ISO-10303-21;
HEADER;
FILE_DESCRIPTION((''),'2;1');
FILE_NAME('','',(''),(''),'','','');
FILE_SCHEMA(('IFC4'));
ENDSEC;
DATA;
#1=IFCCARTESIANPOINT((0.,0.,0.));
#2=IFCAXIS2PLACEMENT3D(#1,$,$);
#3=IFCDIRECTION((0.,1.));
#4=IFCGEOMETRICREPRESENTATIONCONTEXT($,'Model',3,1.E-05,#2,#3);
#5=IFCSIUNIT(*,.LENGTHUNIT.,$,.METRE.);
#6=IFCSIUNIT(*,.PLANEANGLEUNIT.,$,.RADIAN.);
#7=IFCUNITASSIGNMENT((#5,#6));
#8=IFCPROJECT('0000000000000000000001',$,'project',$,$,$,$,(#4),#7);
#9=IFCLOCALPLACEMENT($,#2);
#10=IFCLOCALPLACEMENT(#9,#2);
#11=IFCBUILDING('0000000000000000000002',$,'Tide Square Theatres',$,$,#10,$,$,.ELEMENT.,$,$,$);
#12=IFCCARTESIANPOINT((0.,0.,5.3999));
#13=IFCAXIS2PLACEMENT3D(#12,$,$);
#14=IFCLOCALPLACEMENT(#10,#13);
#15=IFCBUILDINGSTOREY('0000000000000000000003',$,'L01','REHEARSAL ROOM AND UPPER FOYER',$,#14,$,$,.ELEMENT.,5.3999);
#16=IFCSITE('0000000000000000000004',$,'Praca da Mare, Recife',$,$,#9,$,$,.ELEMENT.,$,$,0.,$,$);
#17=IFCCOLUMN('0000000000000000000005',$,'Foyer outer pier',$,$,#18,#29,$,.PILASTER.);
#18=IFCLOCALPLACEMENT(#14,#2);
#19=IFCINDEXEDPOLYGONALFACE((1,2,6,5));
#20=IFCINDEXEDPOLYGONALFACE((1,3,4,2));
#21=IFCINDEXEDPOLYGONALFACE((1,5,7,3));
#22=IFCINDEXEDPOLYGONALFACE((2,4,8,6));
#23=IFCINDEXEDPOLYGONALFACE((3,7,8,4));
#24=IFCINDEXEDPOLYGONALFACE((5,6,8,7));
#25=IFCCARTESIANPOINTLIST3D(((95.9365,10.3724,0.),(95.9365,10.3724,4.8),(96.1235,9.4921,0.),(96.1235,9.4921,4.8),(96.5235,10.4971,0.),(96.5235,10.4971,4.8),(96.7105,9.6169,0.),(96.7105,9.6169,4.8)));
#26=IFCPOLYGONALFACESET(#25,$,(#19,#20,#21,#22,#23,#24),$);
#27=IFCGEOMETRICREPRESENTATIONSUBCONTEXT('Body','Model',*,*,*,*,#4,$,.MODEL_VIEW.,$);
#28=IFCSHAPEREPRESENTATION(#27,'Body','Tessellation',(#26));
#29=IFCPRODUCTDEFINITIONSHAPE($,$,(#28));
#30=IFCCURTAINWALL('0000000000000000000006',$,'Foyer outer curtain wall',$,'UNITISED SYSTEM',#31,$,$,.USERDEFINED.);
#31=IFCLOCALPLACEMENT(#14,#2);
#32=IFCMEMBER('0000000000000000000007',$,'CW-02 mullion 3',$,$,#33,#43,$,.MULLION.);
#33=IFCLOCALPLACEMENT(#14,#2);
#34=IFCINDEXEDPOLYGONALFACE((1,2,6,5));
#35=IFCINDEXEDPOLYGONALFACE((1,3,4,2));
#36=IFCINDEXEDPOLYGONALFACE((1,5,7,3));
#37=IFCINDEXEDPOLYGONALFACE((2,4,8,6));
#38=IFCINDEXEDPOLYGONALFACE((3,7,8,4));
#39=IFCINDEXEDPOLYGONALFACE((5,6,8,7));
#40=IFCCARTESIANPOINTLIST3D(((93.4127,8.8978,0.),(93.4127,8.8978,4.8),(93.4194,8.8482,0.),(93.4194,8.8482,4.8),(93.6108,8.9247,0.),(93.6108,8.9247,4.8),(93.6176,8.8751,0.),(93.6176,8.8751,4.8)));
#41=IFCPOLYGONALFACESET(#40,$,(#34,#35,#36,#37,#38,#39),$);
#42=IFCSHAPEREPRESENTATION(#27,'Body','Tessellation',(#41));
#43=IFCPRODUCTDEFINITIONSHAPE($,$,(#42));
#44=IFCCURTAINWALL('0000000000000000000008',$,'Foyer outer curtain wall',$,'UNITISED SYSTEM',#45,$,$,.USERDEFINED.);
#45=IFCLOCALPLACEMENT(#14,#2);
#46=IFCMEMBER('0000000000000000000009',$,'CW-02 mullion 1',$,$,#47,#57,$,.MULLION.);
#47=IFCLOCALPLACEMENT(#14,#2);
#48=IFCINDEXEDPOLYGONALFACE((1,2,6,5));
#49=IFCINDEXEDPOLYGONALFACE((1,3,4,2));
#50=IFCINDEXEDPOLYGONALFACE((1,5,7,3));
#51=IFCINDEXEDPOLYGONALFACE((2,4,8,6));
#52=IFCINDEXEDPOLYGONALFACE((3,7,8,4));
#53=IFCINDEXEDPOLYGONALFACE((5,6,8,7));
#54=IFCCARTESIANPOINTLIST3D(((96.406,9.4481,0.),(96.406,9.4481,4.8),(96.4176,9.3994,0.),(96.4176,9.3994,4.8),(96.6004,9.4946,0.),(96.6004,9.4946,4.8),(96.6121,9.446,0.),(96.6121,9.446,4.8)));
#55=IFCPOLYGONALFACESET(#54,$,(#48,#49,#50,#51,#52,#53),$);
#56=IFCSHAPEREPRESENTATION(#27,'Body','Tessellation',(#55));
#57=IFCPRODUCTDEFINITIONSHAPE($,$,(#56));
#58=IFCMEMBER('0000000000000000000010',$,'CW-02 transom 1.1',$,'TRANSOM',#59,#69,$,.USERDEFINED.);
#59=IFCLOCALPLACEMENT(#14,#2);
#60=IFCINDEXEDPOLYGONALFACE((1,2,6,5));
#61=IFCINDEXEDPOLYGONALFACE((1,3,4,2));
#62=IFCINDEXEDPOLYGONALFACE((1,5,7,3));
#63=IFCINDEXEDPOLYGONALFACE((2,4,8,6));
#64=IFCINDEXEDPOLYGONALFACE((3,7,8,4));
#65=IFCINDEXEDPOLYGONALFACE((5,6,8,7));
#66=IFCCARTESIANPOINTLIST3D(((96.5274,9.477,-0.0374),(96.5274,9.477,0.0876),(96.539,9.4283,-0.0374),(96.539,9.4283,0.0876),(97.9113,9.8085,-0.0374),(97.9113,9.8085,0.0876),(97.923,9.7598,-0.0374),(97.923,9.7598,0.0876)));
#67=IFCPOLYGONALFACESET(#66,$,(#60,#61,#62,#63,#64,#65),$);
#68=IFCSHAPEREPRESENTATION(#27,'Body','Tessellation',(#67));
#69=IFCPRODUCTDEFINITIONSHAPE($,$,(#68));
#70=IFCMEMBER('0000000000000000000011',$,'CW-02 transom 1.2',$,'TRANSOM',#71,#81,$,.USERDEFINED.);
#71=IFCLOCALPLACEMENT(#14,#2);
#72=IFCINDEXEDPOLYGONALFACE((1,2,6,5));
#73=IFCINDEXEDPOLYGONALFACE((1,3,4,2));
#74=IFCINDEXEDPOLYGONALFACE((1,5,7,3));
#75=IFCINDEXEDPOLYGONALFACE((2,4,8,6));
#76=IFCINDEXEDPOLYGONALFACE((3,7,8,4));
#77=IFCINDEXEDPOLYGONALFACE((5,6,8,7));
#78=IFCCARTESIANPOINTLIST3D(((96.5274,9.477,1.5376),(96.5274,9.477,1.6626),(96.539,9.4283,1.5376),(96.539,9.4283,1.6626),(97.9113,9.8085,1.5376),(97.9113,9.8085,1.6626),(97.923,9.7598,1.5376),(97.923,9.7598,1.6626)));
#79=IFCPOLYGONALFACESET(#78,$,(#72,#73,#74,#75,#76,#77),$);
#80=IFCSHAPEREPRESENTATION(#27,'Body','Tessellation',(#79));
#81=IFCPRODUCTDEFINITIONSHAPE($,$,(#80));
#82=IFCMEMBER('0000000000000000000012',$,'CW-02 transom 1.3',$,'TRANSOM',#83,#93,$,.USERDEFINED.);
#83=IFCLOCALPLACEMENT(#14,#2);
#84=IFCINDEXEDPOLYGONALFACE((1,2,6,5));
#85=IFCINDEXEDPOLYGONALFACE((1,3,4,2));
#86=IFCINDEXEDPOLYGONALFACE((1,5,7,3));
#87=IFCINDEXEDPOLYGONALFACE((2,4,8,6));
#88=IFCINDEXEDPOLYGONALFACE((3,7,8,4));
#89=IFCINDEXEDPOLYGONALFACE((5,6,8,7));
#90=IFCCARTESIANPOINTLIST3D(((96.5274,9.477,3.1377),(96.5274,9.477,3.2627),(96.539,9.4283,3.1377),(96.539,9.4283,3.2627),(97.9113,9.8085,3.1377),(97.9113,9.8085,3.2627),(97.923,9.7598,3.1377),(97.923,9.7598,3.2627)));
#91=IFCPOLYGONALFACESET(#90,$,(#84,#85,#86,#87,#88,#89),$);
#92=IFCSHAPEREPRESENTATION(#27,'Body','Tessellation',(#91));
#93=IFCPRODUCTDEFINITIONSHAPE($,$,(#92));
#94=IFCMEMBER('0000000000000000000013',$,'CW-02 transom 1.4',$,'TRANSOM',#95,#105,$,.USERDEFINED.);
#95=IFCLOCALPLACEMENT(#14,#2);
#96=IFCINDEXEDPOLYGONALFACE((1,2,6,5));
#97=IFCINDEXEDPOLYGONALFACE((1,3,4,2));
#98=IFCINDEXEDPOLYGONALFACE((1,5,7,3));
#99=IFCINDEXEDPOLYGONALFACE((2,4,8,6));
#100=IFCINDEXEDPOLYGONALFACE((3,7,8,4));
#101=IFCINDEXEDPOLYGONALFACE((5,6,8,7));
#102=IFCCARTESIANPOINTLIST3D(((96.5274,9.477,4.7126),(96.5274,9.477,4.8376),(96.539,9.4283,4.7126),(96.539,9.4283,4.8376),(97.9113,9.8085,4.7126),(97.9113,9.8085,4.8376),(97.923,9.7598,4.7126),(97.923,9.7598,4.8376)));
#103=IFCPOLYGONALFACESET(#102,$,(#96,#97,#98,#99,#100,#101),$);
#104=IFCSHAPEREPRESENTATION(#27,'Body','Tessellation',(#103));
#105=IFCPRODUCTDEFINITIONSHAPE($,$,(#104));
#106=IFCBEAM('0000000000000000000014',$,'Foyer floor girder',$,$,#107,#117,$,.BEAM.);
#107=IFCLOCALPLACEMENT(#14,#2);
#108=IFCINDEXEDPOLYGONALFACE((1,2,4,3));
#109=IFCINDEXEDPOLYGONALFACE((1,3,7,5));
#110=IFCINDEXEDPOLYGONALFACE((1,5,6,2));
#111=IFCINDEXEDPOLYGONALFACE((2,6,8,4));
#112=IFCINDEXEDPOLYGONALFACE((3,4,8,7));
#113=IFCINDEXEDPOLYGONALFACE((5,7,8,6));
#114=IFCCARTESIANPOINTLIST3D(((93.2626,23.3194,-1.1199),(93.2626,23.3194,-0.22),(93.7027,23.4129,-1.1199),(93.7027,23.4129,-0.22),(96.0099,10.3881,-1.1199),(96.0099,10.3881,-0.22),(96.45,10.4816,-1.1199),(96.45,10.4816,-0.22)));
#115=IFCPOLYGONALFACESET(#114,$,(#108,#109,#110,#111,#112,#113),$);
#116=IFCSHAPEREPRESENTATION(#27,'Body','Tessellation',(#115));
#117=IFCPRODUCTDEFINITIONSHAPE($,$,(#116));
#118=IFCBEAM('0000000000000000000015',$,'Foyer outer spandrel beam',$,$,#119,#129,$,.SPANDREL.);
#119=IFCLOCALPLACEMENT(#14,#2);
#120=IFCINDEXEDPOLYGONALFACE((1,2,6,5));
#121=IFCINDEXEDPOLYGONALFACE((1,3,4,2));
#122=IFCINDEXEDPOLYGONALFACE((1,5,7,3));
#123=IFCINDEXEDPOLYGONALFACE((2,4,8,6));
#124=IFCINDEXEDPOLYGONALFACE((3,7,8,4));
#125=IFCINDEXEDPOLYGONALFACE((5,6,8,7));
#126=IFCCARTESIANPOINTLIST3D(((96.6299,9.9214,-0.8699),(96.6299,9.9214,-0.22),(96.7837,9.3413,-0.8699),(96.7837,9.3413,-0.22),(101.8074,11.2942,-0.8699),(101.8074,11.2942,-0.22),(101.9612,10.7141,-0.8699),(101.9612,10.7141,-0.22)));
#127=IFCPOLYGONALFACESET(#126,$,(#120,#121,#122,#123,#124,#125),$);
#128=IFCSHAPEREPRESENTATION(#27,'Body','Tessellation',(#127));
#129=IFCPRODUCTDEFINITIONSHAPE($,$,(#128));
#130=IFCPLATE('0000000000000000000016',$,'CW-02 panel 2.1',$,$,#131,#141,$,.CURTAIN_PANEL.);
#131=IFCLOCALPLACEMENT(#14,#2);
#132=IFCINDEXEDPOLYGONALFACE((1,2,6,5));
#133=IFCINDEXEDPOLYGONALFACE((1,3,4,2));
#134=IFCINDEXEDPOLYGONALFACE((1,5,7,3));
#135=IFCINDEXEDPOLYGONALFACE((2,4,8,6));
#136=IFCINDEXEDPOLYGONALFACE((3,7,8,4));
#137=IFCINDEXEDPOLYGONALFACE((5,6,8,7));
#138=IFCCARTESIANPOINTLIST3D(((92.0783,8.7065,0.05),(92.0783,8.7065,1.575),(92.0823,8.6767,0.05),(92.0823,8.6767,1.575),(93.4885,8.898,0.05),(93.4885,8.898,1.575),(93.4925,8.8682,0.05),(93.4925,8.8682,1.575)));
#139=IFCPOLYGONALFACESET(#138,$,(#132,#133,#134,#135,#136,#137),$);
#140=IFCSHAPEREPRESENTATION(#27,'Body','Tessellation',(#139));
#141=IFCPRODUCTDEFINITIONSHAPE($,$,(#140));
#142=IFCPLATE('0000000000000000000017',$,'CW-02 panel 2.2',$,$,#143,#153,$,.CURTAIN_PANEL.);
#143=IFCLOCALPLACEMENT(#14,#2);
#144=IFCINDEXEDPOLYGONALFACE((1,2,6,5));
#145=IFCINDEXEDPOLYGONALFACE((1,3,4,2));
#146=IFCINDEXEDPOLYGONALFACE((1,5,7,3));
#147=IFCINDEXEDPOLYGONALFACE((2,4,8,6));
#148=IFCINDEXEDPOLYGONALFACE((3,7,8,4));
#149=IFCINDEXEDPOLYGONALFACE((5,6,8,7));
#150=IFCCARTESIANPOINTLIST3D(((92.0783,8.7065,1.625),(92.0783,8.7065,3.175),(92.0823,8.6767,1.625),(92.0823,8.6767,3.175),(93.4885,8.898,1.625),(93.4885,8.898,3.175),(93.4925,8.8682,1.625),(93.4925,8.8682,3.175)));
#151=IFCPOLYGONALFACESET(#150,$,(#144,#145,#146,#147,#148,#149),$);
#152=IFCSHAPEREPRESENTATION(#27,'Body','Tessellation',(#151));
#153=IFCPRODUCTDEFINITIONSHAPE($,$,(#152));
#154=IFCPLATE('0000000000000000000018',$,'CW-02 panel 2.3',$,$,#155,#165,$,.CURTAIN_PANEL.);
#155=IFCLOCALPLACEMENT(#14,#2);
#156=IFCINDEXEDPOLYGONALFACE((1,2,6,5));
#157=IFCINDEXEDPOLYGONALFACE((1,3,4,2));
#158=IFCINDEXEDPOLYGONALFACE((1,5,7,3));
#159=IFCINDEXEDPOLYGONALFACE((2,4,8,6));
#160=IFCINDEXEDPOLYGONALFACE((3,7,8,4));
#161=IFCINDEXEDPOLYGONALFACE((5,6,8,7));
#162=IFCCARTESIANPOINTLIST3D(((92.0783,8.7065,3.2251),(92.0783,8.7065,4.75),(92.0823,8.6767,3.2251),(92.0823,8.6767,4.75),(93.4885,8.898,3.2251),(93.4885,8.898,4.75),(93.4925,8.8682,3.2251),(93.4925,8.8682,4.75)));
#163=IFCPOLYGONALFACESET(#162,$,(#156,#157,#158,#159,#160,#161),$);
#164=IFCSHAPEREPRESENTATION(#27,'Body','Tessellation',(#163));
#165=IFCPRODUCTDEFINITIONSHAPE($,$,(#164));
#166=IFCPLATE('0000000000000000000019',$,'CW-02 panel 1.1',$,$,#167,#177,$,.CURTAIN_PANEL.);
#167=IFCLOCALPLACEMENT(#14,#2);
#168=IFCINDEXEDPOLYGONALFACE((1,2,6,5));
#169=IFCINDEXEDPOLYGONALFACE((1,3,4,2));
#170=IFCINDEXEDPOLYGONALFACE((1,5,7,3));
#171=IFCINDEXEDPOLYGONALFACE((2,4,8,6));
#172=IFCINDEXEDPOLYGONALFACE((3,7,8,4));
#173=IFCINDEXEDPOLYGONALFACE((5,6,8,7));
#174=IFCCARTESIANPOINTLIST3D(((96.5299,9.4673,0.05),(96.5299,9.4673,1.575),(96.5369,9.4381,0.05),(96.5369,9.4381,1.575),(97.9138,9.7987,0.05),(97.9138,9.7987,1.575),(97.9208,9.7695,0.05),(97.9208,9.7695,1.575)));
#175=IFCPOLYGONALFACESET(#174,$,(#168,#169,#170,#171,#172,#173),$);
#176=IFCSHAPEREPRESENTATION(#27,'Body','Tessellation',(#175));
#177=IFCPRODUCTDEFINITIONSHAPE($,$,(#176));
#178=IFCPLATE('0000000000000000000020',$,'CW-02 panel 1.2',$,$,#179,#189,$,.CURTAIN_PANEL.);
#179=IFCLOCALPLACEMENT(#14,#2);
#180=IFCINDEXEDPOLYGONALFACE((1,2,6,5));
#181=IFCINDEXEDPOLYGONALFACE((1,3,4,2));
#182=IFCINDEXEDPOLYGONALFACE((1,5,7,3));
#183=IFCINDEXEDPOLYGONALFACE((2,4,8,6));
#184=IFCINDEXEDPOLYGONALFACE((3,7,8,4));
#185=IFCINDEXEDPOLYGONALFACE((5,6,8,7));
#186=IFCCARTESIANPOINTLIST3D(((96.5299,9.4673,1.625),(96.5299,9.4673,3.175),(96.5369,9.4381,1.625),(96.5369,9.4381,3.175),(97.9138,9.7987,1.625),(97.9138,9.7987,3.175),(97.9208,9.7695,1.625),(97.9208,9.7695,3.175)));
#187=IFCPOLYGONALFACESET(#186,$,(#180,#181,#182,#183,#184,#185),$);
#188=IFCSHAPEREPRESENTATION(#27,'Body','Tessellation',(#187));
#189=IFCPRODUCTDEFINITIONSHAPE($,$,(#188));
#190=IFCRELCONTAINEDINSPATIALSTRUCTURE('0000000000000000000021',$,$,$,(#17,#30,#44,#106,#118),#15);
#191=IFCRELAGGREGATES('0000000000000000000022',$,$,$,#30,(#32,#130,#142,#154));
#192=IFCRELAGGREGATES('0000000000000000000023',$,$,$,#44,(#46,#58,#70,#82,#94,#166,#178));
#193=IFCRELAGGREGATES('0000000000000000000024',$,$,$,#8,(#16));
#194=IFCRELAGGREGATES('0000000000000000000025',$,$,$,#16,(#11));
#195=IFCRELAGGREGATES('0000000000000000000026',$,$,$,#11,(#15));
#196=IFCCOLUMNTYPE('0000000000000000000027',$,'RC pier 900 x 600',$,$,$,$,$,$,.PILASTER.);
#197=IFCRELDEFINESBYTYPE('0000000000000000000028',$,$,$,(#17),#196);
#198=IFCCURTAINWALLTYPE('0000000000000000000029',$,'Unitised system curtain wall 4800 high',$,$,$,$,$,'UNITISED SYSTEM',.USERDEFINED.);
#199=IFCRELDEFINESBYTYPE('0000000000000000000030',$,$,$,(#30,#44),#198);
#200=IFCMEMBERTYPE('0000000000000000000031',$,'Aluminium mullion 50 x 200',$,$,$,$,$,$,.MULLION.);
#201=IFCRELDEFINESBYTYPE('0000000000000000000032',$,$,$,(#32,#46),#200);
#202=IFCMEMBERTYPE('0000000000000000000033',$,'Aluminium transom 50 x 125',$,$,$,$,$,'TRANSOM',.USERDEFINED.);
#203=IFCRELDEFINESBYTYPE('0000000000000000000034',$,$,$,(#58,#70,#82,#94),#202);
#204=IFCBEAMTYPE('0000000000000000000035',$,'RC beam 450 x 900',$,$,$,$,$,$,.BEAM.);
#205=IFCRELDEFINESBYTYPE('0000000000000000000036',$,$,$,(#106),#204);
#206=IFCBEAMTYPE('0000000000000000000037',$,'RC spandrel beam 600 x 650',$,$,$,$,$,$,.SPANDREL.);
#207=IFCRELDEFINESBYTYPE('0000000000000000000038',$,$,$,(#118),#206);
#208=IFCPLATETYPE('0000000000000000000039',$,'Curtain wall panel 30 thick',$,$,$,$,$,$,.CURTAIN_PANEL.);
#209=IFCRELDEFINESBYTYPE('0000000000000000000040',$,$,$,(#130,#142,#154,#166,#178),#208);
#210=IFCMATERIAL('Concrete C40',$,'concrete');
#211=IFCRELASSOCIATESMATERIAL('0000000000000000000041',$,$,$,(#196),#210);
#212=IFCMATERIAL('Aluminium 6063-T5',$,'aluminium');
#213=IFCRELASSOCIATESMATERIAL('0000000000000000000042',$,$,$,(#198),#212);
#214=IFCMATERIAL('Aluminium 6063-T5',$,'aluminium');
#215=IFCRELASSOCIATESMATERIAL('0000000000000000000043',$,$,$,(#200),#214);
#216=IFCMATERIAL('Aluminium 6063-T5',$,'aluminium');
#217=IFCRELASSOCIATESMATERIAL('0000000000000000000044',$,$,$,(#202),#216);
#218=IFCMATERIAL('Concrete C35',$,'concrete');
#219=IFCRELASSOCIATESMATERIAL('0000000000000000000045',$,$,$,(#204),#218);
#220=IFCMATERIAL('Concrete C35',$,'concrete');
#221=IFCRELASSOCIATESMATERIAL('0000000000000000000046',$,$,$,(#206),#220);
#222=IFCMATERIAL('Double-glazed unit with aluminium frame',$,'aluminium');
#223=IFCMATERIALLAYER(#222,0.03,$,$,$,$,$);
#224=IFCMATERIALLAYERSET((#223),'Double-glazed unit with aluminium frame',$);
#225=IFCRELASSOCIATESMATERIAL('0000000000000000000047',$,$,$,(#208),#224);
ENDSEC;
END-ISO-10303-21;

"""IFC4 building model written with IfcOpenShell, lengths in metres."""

from ifc_helpers import new_model, si_unit, direction, frame, origin, origin_2d, place, context, subcontext, project, spatial, rectangle, extrude, material, layer, layer_set, material_profile, profile_set, type_object, element, aggregate, save


model = new_model("IFC4")

# Units and contexts
model_context = context("Model", 3, precision=1e-05, world=origin(), true_north=direction((0.0, 1.0)))
body_context = subcontext(model_context, "Body", "Model", "MODEL_VIEW")
ifc_project = project(units=[si_unit("LENGTHUNIT", "METRE"), si_unit("PLANEANGLEUNIT", "RADIAN")], contexts=[model_context])

# Site, building, storey
site_placement = place(None, origin())
site = spatial("IfcSite", under=ifc_project, at=site_placement, Name="Praca da Mare, Recife", CompositionType="ELEMENT", RefElevation=0.0)
building_placement = place(site_placement, origin())
building = spatial("IfcBuilding", under=site, at=building_placement, Name="Tide Square Theatres", CompositionType="ELEMENT")
storey_placement = place(building_placement, frame((0.0, 0.0, 5.3999)))
storey = spatial("IfcBuildingStorey", under=building, at=storey_placement, Name="L01", Description="REHEARSAL ROOM AND UPPER FOYER", CompositionType="ELEMENT", Elevation=5.3999)

# Column
ifc_material_1 = material(Name="Concrete C40", Category="concrete")
ifc_material_profile_1 = material_profile(ifc_material_1, rectangle(XDim=0.8999, YDim=0.6001, at=origin_2d()))
ifc_profile_set_1 = profile_set([ifc_material_profile_1], Name="Concrete C40")
column_type = type_object("IfcColumnType", Name="RC pier 900 x 600", PredefinedType="PILASTER", material=ifc_profile_set_1)
column_placement = place(storey_placement, frame((96.3235, 9.9946, 0.0), z_axis=(0.0, 0.0, 1.0), x_axis=(0.207814, -0.978168, 0.0)))
element("IfcColumn", 1, at=column_placement, inside=storey, type_object=column_type, Name="Foyer outer pier", PredefinedType="PILASTER", context=body_context, shape_type="SweptSolid", body=[
    extrude(rectangle(XDim=0.8999, YDim=0.6001, at=origin_2d()), origin(), (0.0, 0.0, 1.0), 4.8),
])

# Curtain wall, member
ifc_material_2 = material(Name="Aluminium 6063-T5", Category="aluminium")
curtain_wall_type = type_object("IfcCurtainWallType", Name="Unitised system curtain wall 4800 high", ElementType="UNITISED SYSTEM", PredefinedType="USERDEFINED", material=ifc_material_2)
curtain_wall_1_placement = place(storey_placement, origin())
curtain_wall_1 = element("IfcCurtainWall", 2, at=curtain_wall_1_placement, inside=storey, type_object=curtain_wall_type, Name="Foyer outer curtain wall", ObjectType="UNITISED SYSTEM", PredefinedType="USERDEFINED")
ifc_material_3 = material(Name="Aluminium 6063-T5", Category="aluminium")
ifc_material_profile_2 = material_profile(ifc_material_3, rectangle(XDim=0.05, YDim=0.2, at=origin_2d()))
ifc_profile_set_2 = profile_set([ifc_material_profile_2], Name="Aluminium 6063-T5")
member_type_1 = type_object("IfcMemberType", Name="Aluminium mullion 50 x 200", PredefinedType="MULLION", material=ifc_profile_set_2)
member_1_placement = place(storey_placement, frame((93.5151, 8.8865, 0.0), z_axis=(0.0, 0.0, 1.0), x_axis=(-0.134577, 0.990903, 0.0)))
member_1 = element("IfcMember", 3, at=member_1_placement, type_object=member_type_1, Name="CW-02 mullion 3", PredefinedType="MULLION", context=body_context, shape_type="SweptSolid", body=[
    extrude(rectangle(XDim=0.05, YDim=0.2, at=origin_2d()), origin(), (0.0, 0.0, 1.0), 4.8),
])

# Curtain wall, members
curtain_wall_2_placement = place(storey_placement, origin())
curtain_wall_2 = element("IfcCurtainWall", 4, at=curtain_wall_2_placement, inside=storey, type_object=curtain_wall_type, Name="Foyer outer curtain wall", ObjectType="UNITISED SYSTEM", PredefinedType="USERDEFINED")
member_2_placement = place(storey_placement, frame((96.509, 9.447, 0.0), z_axis=(0.0, 0.0, 1.0), x_axis=(-0.232911, 0.972498, 0.0)))
member_2 = element("IfcMember", 5, at=member_2_placement, type_object=member_type_1, Name="CW-02 mullion 1", PredefinedType="MULLION", context=body_context, shape_type="SweptSolid", body=[
    extrude(rectangle(XDim=0.05, YDim=0.2, at=origin_2d()), origin(), (0.0, 0.0, 1.0), 4.8),
])
ifc_material_4 = material(Name="Aluminium 6063-T5", Category="aluminium")
ifc_material_profile_3 = material_profile(ifc_material_4, rectangle(XDim=0.05, YDim=0.125, at=origin_2d()))
ifc_profile_set_3 = profile_set([ifc_material_profile_3], Name="Aluminium 6063-T5")
member_type_2 = type_object("IfcMemberType", Name="Aluminium transom 50 x 125", ElementType="TRANSOM", PredefinedType="USERDEFINED", material=ifc_profile_set_3)
member_3_placement = place(storey_placement, frame((96.5332, 9.4526, 0.0251), z_axis=(0.972487, 0.232958, 0.0), x_axis=(-0.232958, 0.972487, 0.0)))
member_3 = element("IfcMember", 6, at=member_3_placement, type_object=member_type_2, Name="CW-02 transom 1.1", ObjectType="TRANSOM", PredefinedType="USERDEFINED", context=body_context, shape_type="SweptSolid", body=[
    extrude(rectangle(XDim=0.05, YDim=0.125, at=origin_2d()), origin(), (0.0, 0.0, 1.0), 1.4231),
])
member_4_placement = place(storey_placement, frame((96.5332, 9.4526, 1.6001), z_axis=(0.972487, 0.232958, 0.0), x_axis=(-0.232958, 0.972487, 0.0)))
member_4 = element("IfcMember", 7, at=member_4_placement, type_object=member_type_2, Name="CW-02 transom 1.2", ObjectType="TRANSOM", PredefinedType="USERDEFINED", context=body_context, shape_type="SweptSolid", body=[
    extrude(rectangle(XDim=0.05, YDim=0.125, at=origin_2d()), origin(), (0.0, 0.0, 1.0), 1.4231),
])
member_5_placement = place(storey_placement, frame((96.5332, 9.4526, 3.2002), z_axis=(0.972487, 0.232958, 0.0), x_axis=(-0.232958, 0.972487, 0.0)))
member_5 = element("IfcMember", 8, at=member_5_placement, type_object=member_type_2, Name="CW-02 transom 1.3", ObjectType="TRANSOM", PredefinedType="USERDEFINED", context=body_context, shape_type="SweptSolid", body=[
    extrude(rectangle(XDim=0.05, YDim=0.125, at=origin_2d()), origin(), (0.0, 0.0, 1.0), 1.4231),
])
member_6_placement = place(storey_placement, frame((96.5332, 9.4526, 4.7751), z_axis=(0.972487, 0.232958, 0.0), x_axis=(-0.232958, 0.972487, 0.0)))
member_6 = element("IfcMember", 9, at=member_6_placement, type_object=member_type_2, Name="CW-02 transom 1.4", ObjectType="TRANSOM", PredefinedType="USERDEFINED", context=body_context, shape_type="SweptSolid", body=[
    extrude(rectangle(XDim=0.05, YDim=0.125, at=origin_2d()), origin(), (0.0, 0.0, 1.0), 1.4231),
])

# Beams
ifc_material_5 = material(Name="Concrete C35", Category="concrete")
ifc_material_profile_4 = material_profile(ifc_material_5, rectangle(XDim=0.45, YDim=0.8999, at=origin_2d()))
ifc_profile_set_4 = profile_set([ifc_material_profile_4], Name="Concrete C35")
beam_type_1 = type_object("IfcBeamType", Name="RC beam 450 x 900", PredefinedType="BEAM", material=ifc_profile_set_4)
beam_1_placement = place(storey_placement, frame((96.23, 10.4348, -0.6699), z_axis=(-0.207815, 0.978168, 0.0), x_axis=(-0.978168, -0.207815, 0.0)))
element("IfcBeam", 10, at=beam_1_placement, inside=storey, type_object=beam_type_1, Name="Foyer floor girder", PredefinedType="BEAM", context=body_context, shape_type="SweptSolid", body=[
    extrude(rectangle(XDim=0.45, YDim=0.8999, at=origin_2d()), origin(), (0.0, 0.0, 1.0), 13.22),
])
ifc_material_6 = material(Name="Concrete C35", Category="concrete")
ifc_material_profile_5 = material_profile(ifc_material_6, rectangle(XDim=0.6001, YDim=0.6499, at=origin_2d()))
ifc_profile_set_5 = profile_set([ifc_material_profile_5], Name="Concrete C35")
beam_type_2 = type_object("IfcBeamType", Name="RC spandrel beam 600 x 650", PredefinedType="SPANDREL", material=ifc_profile_set_5)
beam_2_placement = place(storey_placement, frame((96.7068, 9.6313, -0.5449), z_axis=(0.966599, 0.256292, 0.0), x_axis=(-0.256292, 0.966599, 0.0)))
element("IfcBeam", 11, at=beam_2_placement, inside=storey, type_object=beam_type_2, Name="Foyer outer spandrel beam", PredefinedType="SPANDREL", context=body_context, shape_type="SweptSolid", body=[
    extrude(rectangle(XDim=0.6001, YDim=0.6499, at=origin_2d()), origin(), (0.0, 0.0, 1.0), 5.3564),
])

# Plates
ifc_material_7 = material(Name="Double-glazed unit with aluminium frame", Category="aluminium")
ifc_layer_1 = layer(ifc_material_7, 0.03)
ifc_layer_set_1 = layer_set([ifc_layer_1], Name="Double-glazed unit with aluminium frame")
plate_type = type_object("IfcPlateType", Name="Curtain wall panel 30 thick", PredefinedType="CURTAIN_PANEL", material=ifc_layer_set_1)
plate_1_placement = place(storey_placement, frame((92.7854, 8.7874, 0.05), z_axis=(0.0, 0.0, 1.0), x_axis=(0.990903, 0.134577, 0.0)))
plate_1 = element("IfcPlate", 12, at=plate_1_placement, type_object=plate_type, Name="CW-02 panel 2.1", PredefinedType="CURTAIN_PANEL", context=body_context, shape_type="SweptSolid", body=[
    extrude(rectangle(XDim=1.4231, YDim=0.03, at=origin_2d()), origin(), (0.0, 0.0, 1.0), 1.5249),
])
plate_2_placement = place(storey_placement, frame((92.7854, 8.7874, 1.625), z_axis=(0.0, 0.0, 1.0), x_axis=(0.990903, 0.134577, 0.0)))
plate_2 = element("IfcPlate", 13, at=plate_2_placement, type_object=plate_type, Name="CW-02 panel 2.2", PredefinedType="CURTAIN_PANEL", context=body_context, shape_type="SweptSolid", body=[
    extrude(rectangle(XDim=1.4231, YDim=0.03, at=origin_2d()), origin(), (0.0, 0.0, 1.0), 1.55),
])
plate_3_placement = place(storey_placement, frame((92.7854, 8.7874, 3.2251), z_axis=(0.0, 0.0, 1.0), x_axis=(0.990903, 0.134577, 0.0)))
plate_3 = element("IfcPlate", 14, at=plate_3_placement, type_object=plate_type, Name="CW-02 panel 2.3", PredefinedType="CURTAIN_PANEL", context=body_context, shape_type="SweptSolid", body=[
    extrude(rectangle(XDim=1.4231, YDim=0.03, at=origin_2d()), origin(), (0.0, 0.0, 1.0), 1.5249),
])
aggregate(curtain_wall_1, [member_1, plate_1, plate_2, plate_3])
plate_4_placement = place(storey_placement, frame((97.2253, 9.6184, 0.05), z_axis=(0.0, 0.0, 1.0), x_axis=(0.972498, 0.232911, 0.0)))
plate_4 = element("IfcPlate", 15, at=plate_4_placement, type_object=plate_type, Name="CW-02 panel 1.1", PredefinedType="CURTAIN_PANEL", context=body_context, shape_type="SweptSolid", body=[
    extrude(rectangle(XDim=1.4231, YDim=0.03, at=origin_2d()), origin(), (0.0, 0.0, 1.0), 1.5249),
])
plate_5_placement = place(storey_placement, frame((97.2253, 9.6184, 1.625), z_axis=(0.0, 0.0, 1.0), x_axis=(0.972498, 0.232911, 0.0)))
plate_5 = element("IfcPlate", 16, at=plate_5_placement, type_object=plate_type, Name="CW-02 panel 1.2", PredefinedType="CURTAIN_PANEL", context=body_context, shape_type="SweptSolid", body=[
    extrude(rectangle(XDim=1.4231, YDim=0.03, at=origin_2d()), origin(), (0.0, 0.0, 1.0), 1.55),
])
aggregate(curtain_wall_2, [member_2, member_3, member_4, member_5, member_6, plate_4, plate_5])

save(model, "model.ifc")
